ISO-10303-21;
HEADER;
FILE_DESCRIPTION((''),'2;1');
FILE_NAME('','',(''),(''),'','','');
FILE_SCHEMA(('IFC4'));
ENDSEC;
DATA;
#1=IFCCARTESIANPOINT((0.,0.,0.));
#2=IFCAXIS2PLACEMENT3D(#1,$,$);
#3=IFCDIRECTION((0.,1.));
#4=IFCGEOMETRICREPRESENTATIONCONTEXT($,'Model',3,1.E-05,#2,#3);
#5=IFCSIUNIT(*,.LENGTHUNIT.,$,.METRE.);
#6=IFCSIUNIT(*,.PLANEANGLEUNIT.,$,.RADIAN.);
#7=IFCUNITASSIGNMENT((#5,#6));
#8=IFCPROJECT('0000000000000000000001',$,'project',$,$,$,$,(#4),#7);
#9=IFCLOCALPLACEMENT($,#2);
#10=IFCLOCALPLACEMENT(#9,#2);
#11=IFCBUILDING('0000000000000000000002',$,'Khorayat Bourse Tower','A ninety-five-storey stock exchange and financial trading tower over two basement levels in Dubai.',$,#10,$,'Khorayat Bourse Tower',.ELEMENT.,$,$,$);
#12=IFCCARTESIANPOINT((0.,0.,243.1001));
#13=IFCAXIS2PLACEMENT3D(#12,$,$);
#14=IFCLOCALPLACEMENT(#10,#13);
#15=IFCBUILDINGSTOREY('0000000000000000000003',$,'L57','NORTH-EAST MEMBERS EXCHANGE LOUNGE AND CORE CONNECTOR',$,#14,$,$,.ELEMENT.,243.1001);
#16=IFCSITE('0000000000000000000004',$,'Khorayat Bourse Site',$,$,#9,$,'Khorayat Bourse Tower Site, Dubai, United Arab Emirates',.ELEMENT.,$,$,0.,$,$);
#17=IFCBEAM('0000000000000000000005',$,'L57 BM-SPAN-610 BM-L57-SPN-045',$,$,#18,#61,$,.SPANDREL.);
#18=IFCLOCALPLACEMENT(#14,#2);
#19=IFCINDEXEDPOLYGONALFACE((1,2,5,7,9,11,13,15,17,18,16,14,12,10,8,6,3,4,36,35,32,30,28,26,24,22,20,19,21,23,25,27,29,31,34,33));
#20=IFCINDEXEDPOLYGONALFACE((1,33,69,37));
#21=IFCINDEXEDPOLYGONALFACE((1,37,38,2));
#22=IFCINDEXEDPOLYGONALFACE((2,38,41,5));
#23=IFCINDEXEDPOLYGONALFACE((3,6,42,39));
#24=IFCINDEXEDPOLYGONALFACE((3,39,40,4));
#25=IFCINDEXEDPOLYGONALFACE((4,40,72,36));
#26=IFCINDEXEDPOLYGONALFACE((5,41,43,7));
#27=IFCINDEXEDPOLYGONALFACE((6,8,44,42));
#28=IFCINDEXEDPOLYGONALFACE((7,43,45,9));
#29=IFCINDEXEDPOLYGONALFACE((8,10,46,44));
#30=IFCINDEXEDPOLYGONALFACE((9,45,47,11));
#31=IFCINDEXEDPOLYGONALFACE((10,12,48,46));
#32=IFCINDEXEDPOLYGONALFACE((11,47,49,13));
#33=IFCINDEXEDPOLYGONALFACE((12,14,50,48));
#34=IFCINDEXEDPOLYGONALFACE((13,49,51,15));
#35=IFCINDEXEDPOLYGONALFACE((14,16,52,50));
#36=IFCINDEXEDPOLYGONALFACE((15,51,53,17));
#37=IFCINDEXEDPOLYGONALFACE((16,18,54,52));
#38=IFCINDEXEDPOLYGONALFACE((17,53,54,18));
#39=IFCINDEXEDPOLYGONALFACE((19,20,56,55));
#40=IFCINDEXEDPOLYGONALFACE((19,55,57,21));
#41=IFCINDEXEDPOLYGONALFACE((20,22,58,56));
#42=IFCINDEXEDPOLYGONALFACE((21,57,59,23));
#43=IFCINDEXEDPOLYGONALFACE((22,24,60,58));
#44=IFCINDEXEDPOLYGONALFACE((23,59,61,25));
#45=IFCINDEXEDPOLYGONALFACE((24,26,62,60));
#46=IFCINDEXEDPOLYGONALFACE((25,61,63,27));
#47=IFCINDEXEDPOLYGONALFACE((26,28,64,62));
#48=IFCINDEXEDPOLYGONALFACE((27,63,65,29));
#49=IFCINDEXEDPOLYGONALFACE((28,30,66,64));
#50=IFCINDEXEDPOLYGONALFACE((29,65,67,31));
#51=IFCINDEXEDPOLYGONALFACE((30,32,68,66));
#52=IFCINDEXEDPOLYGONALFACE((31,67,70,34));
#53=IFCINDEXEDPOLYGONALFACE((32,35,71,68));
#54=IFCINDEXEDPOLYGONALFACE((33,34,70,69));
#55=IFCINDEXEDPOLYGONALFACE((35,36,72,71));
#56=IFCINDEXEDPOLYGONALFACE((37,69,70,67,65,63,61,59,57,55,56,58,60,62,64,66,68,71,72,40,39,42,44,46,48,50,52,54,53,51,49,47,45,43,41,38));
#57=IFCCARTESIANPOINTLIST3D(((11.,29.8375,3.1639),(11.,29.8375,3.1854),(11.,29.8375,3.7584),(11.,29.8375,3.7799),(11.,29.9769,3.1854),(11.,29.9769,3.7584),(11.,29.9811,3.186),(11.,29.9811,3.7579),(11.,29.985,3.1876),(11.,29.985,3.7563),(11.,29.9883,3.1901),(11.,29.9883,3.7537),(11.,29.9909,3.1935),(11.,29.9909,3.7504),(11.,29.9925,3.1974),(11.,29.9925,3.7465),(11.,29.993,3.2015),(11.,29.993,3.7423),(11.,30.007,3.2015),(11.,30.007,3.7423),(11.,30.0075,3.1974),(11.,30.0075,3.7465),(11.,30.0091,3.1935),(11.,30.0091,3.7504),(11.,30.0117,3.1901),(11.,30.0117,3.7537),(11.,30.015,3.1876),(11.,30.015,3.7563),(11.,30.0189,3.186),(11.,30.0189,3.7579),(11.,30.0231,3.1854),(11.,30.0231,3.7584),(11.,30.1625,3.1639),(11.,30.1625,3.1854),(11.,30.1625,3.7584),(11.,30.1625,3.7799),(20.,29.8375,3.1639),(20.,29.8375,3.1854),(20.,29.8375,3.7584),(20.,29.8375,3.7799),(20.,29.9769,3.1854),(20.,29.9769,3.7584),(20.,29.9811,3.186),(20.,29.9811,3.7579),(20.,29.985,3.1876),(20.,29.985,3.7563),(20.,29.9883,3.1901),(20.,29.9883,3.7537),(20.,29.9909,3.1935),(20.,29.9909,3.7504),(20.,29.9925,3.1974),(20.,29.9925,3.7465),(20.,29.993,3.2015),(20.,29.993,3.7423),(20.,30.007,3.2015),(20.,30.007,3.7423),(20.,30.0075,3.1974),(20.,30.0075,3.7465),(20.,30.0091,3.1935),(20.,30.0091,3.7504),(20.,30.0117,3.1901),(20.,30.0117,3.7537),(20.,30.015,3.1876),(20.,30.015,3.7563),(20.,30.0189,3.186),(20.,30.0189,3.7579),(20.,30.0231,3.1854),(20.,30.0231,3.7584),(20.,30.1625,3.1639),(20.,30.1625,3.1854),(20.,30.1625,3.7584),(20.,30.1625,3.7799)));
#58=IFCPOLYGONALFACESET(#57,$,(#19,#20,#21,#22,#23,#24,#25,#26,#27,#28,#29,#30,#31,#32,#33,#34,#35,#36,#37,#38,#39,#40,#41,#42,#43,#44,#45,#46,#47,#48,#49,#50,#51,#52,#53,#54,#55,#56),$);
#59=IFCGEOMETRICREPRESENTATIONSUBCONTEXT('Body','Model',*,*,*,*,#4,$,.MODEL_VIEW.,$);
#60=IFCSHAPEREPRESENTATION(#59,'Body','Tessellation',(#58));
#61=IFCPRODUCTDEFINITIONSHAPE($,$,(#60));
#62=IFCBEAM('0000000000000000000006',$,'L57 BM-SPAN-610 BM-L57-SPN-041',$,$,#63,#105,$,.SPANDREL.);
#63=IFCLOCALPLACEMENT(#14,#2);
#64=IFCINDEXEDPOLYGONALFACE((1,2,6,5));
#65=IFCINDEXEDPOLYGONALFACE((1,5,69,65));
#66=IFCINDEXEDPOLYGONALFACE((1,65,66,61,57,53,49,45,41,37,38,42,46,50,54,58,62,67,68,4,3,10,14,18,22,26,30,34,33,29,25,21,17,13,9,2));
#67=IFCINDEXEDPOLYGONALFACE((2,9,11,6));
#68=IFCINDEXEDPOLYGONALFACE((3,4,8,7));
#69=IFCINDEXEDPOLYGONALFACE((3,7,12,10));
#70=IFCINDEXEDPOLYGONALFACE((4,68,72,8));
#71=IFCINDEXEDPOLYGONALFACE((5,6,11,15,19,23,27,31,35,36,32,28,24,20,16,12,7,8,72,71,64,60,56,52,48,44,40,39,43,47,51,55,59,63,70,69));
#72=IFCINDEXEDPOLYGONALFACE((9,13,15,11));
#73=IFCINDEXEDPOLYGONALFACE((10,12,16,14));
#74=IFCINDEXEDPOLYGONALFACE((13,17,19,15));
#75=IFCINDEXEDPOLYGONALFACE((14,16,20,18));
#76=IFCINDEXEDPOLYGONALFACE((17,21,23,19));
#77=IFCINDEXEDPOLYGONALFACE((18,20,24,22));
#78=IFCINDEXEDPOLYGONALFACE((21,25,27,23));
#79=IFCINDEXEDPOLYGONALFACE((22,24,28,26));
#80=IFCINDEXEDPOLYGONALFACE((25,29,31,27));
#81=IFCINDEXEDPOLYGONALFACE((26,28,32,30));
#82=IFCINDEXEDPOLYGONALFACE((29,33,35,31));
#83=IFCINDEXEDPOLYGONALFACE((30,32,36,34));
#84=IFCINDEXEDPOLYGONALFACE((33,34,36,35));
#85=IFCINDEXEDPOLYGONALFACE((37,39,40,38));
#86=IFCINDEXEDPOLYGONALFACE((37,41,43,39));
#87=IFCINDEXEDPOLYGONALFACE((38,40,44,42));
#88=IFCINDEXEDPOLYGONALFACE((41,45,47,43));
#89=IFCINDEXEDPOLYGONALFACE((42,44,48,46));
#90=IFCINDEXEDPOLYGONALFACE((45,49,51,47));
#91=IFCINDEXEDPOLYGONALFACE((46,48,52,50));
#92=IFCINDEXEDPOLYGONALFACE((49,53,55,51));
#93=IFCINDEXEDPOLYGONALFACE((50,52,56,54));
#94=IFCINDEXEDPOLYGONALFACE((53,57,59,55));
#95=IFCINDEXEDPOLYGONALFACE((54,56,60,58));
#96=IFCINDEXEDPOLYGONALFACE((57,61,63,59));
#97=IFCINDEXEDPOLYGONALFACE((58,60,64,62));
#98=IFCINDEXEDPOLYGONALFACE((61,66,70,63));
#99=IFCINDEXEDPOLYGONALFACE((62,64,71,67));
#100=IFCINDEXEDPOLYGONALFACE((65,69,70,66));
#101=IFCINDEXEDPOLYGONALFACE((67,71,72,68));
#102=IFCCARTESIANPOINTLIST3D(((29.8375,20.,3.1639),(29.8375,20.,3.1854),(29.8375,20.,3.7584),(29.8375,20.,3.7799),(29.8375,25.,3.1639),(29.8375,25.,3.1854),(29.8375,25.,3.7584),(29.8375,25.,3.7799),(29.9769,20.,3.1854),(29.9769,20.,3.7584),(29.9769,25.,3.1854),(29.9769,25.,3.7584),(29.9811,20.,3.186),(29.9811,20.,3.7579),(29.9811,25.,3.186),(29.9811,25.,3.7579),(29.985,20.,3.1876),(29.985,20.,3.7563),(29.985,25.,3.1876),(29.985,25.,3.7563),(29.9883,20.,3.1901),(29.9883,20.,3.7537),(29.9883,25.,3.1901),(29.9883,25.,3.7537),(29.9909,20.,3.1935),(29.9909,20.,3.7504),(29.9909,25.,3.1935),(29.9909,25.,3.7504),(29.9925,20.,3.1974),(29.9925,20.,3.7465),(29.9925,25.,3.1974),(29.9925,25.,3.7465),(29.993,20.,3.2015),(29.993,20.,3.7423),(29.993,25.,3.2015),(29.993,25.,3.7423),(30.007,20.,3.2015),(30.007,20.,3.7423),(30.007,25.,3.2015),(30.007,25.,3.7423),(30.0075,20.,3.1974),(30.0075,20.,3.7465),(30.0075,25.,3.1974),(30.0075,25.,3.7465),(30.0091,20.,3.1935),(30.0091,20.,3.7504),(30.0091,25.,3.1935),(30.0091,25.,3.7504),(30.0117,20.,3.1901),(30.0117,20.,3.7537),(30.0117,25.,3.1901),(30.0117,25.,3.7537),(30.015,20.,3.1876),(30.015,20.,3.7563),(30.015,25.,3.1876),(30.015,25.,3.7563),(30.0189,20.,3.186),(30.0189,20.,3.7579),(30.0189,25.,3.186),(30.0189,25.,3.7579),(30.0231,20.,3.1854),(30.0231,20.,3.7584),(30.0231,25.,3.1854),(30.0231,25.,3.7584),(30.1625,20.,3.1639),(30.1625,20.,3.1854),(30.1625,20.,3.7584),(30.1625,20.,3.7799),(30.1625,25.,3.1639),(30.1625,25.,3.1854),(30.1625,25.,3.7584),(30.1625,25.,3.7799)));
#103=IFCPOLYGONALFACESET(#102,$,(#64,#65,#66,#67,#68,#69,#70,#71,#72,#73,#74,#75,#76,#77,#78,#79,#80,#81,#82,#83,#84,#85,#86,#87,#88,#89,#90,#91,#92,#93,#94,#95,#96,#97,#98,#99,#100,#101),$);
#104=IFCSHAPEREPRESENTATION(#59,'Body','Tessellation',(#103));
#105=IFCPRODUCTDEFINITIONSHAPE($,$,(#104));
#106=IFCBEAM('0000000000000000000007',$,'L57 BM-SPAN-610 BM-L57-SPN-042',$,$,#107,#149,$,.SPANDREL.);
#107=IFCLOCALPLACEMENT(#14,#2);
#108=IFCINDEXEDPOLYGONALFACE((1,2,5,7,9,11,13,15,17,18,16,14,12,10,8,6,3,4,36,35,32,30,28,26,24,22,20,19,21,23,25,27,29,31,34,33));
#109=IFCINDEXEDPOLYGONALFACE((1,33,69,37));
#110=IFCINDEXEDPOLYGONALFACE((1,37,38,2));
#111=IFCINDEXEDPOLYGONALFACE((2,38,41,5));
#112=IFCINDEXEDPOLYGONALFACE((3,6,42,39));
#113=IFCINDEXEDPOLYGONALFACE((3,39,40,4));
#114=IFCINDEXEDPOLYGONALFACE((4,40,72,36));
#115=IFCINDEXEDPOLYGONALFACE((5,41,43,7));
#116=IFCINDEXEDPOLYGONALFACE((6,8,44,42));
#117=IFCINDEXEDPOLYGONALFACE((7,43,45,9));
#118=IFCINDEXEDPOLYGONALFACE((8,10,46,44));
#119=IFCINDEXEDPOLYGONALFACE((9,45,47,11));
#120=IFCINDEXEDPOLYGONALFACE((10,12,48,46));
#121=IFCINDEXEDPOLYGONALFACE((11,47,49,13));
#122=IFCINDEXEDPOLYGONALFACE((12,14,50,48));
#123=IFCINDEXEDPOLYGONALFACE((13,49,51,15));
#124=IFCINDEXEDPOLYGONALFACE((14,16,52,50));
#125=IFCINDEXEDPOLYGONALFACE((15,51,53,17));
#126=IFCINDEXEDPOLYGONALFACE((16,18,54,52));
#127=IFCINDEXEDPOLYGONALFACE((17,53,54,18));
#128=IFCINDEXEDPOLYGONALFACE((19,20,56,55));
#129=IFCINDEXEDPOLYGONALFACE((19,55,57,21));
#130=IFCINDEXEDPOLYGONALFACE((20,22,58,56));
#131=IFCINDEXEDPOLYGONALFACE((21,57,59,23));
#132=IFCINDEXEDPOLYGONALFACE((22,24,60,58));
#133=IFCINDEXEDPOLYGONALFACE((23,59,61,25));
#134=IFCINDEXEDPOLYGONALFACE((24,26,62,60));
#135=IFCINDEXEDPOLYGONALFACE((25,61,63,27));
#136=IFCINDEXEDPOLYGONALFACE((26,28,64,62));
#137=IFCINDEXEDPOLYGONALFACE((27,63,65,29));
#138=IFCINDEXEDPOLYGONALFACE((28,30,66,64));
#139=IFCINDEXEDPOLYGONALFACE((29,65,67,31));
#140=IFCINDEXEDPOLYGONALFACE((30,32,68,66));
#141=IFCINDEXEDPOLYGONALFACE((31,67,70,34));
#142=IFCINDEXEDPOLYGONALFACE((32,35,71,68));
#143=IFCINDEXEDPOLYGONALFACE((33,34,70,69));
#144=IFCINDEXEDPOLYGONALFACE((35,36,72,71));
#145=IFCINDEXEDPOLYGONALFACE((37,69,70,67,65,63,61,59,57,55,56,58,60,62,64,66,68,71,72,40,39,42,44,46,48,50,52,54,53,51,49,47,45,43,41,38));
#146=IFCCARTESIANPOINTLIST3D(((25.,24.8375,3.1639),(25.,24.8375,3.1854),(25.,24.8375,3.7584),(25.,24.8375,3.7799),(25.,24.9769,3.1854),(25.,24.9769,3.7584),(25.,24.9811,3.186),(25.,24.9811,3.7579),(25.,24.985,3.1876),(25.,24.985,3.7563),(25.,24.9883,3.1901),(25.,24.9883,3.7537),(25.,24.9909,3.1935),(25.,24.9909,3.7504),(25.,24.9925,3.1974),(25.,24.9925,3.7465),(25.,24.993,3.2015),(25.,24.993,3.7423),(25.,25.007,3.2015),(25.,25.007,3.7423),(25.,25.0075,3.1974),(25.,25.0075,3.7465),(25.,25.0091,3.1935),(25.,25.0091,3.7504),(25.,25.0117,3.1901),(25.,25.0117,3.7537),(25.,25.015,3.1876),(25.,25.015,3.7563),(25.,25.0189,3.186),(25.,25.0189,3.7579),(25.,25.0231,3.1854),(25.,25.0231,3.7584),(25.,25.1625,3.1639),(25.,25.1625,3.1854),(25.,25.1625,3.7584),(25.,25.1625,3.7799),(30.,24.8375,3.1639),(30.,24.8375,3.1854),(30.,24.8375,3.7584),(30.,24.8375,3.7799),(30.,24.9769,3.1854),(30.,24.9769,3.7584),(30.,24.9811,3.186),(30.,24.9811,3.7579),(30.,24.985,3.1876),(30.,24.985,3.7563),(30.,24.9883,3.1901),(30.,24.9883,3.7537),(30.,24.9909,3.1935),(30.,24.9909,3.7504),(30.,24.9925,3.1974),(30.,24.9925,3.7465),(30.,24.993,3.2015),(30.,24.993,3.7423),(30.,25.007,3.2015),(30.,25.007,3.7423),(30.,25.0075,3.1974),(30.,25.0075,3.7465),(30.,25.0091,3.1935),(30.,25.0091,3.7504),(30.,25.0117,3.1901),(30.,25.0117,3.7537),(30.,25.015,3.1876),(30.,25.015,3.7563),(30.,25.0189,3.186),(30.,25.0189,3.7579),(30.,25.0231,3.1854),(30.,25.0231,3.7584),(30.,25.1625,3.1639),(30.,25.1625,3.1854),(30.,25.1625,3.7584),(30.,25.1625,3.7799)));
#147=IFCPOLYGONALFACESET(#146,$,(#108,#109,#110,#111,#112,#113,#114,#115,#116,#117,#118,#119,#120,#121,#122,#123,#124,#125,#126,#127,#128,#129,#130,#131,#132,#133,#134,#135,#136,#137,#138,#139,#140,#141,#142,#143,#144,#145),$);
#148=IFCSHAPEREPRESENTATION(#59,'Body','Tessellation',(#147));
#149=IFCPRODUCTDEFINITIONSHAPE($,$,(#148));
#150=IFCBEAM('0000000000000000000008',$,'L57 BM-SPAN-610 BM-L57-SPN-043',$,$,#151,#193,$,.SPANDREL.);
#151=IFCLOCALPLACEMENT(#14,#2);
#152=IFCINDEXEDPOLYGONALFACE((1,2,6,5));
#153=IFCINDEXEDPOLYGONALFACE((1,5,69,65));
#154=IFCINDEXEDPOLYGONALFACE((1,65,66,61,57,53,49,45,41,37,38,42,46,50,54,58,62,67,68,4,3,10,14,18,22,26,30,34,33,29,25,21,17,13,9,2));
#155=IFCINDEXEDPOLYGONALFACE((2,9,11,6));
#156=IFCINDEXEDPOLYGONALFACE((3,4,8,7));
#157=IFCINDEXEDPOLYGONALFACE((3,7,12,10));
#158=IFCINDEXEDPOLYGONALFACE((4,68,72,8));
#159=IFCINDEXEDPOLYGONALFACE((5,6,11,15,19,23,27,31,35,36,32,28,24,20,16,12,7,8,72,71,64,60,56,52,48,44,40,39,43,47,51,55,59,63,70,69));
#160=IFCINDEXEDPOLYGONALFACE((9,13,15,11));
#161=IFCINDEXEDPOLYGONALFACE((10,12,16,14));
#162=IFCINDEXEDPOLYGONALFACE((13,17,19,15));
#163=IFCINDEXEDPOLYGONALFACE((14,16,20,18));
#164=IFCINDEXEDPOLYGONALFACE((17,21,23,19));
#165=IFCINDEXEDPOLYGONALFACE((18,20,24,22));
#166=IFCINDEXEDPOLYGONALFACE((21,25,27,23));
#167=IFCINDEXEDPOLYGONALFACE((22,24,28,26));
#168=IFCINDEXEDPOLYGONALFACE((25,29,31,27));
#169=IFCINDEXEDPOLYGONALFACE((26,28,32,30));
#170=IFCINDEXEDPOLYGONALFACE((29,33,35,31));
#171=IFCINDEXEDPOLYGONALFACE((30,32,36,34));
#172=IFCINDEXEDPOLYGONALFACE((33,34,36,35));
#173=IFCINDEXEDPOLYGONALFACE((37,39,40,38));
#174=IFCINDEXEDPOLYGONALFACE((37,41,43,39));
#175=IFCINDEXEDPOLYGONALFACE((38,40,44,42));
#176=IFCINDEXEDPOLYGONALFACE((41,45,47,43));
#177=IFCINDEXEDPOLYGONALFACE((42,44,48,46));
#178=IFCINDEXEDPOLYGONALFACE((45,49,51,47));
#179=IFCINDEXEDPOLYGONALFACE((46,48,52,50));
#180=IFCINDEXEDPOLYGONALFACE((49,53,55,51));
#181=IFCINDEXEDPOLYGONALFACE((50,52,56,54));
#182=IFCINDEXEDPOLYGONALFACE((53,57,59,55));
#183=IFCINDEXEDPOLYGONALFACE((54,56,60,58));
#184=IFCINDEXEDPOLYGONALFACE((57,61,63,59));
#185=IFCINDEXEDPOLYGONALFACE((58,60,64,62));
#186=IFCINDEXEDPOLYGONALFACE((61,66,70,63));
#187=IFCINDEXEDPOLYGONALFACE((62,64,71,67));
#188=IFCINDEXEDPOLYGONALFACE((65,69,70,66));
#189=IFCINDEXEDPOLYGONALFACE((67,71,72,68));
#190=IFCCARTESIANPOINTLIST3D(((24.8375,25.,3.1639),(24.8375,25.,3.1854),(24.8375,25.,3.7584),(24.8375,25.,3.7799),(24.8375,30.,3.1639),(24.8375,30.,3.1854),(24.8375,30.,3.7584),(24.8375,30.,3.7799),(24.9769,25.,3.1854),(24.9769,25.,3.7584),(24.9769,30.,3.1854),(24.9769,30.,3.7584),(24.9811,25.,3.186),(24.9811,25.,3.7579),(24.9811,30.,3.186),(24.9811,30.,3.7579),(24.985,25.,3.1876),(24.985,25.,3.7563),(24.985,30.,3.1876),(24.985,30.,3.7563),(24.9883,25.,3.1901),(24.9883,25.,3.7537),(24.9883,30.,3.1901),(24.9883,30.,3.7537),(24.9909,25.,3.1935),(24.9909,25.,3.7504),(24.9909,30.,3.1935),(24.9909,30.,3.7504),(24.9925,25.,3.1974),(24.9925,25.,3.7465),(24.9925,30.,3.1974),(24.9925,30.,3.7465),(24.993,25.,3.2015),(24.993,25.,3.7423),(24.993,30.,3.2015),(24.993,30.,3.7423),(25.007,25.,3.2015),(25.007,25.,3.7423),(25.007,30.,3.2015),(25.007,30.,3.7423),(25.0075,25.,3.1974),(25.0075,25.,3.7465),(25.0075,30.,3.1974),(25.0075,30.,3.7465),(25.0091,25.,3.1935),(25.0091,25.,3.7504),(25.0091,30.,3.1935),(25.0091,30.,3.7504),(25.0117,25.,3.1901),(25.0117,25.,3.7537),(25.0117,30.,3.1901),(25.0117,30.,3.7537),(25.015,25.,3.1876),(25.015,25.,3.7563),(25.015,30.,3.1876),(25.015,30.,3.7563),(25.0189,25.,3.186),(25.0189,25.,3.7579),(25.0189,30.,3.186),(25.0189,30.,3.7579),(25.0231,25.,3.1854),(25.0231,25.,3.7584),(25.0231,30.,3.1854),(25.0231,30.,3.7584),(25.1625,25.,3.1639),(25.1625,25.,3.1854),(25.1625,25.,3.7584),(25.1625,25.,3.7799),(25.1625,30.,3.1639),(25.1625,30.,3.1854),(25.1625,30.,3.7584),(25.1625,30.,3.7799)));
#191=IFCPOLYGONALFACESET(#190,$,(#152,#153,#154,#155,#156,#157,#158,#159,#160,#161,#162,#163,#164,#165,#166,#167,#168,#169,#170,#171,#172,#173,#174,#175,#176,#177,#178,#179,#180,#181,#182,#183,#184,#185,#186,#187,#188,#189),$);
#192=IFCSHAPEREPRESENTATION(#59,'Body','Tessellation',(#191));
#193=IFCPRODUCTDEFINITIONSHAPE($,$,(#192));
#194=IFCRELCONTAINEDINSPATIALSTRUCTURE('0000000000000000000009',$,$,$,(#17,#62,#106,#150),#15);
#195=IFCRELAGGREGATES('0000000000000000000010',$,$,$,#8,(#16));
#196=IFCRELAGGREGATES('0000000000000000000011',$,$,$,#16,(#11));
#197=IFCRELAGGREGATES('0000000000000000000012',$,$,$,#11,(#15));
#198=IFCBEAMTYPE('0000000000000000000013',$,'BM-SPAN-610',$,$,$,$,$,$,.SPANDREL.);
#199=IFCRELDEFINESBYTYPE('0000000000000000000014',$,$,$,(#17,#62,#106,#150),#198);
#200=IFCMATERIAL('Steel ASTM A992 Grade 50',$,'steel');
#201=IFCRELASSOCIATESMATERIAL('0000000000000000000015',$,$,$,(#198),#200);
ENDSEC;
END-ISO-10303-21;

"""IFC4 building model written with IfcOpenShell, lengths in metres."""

from ifc_helpers import new_model, si_unit, direction, frame, origin, origin_2d, place, context, subcontext, project, spatial, i_section, extrude, source, transform, mapped, material, material_profile, profile_set, type_object, element, save


model = new_model("IFC4")

# Units and contexts
model_context = context("Model", 3, precision=1e-05, world=origin(), true_north=direction((0.0, 1.0)))
body_context = subcontext(model_context, "Body", "Model", "MODEL_VIEW")
ifc_project = project(units=[si_unit("LENGTHUNIT", "METRE"), si_unit("PLANEANGLEUNIT", "RADIAN")], contexts=[model_context])

# Site, building, storey
site_placement = place(None, origin())
site = spatial("IfcSite", under=ifc_project, at=site_placement, Name="Khorayat Bourse Site", LongName="Khorayat Bourse Tower Site, Dubai, United Arab Emirates", CompositionType="ELEMENT", RefElevation=0.0)
building_placement = place(site_placement, origin())
building = spatial("IfcBuilding", under=site, at=building_placement, Name="Khorayat Bourse Tower", Description="A ninety-five-storey stock exchange and financial trading tower over two basement levels in Dubai.", LongName="Khorayat Bourse Tower", CompositionType="ELEMENT")
storey_placement = place(building_placement, frame((0.0, 0.0, 243.1001)))
storey = spatial("IfcBuildingStorey", under=building, at=storey_placement, Name="L57", Description="NORTH-EAST MEMBERS EXCHANGE LOUNGE AND CORE CONNECTOR", CompositionType="ELEMENT", Elevation=243.1001)

# Beams
ifc_material_1 = material(Name="Steel ASTM A992 Grade 50", Category="steel")
ifc_material_profile_1 = material_profile(ifc_material_1, i_section(OverallWidth=0.325, OverallDepth=0.616, WebThickness=0.0139, FlangeThickness=0.0215, FilletRadius=0.0161, at=origin_2d()), Name="W610X174")
ifc_profile_set_1 = profile_set([ifc_material_profile_1], Name="Steel ASTM A992 Grade 50")
beam_type_1 = type_object("IfcBeamType", Name="BM-SPAN-610", PredefinedType="SPANDREL", material=ifc_profile_set_1)
shared_shape_1 = source(origin(), body_context, "Body", "SweptSolid", [
    extrude(i_section(OverallWidth=0.325, OverallDepth=0.616, WebThickness=0.0139, FlangeThickness=0.0215, FilletRadius=0.0161, at=origin_2d()), origin(), (0.0, 0.0, 1.0), 9.0),
])
beam_1_placement = place(storey_placement, frame((11.0, 30.0, 3.4719), z_axis=(1.0, 0.0, 0.0), x_axis=(0.0, 1.0, 0.0)))
element("IfcBeam", 1, at=beam_1_placement, inside=storey, type_object=beam_type_1, Name="L57 BM-SPAN-610 BM-L57-SPN-045", PredefinedType="SPANDREL", context=body_context, shape_type="MappedRepresentation", body=[
    mapped(shared_shape_1, transform((0.0, 0.0, 0.0), scale=1.0)),
])
shared_shape_2 = source(origin(), body_context, "Body", "SweptSolid", [
    extrude(i_section(OverallWidth=0.325, OverallDepth=0.616, WebThickness=0.0139, FlangeThickness=0.0215, FilletRadius=0.0161, at=origin_2d()), origin(), (0.0, 0.0, 1.0), 5.0),
])
for number, where, z_axis, x_axis, name in (
    (2, (30.0, 20.0, 3.4719), (0.0, 1.0, 0.0), (-1.0, 0.0, 0.0), "L57 BM-SPAN-610 BM-L57-SPN-041"),
    (3, (25.0, 25.0, 3.4719), (1.0, 0.0, 0.0), (0.0, 1.0, 0.0), "L57 BM-SPAN-610 BM-L57-SPN-042"),
    (4, (25.0, 25.0, 3.4719), (0.0, 1.0, 0.0), (-1.0, 0.0, 0.0), "L57 BM-SPAN-610 BM-L57-SPN-043"),
):
    element("IfcBeam", number, at=place(storey_placement, frame(where, z_axis=z_axis, x_axis=x_axis)), inside=storey, type_object=beam_type_1, Name=name, PredefinedType="SPANDREL", context=body_context, shape_type="MappedRepresentation", body=[
        mapped(shared_shape_2, transform((0.0, 0.0, 0.0), scale=1.0)),
    ])

save(model, "model.ifc")
